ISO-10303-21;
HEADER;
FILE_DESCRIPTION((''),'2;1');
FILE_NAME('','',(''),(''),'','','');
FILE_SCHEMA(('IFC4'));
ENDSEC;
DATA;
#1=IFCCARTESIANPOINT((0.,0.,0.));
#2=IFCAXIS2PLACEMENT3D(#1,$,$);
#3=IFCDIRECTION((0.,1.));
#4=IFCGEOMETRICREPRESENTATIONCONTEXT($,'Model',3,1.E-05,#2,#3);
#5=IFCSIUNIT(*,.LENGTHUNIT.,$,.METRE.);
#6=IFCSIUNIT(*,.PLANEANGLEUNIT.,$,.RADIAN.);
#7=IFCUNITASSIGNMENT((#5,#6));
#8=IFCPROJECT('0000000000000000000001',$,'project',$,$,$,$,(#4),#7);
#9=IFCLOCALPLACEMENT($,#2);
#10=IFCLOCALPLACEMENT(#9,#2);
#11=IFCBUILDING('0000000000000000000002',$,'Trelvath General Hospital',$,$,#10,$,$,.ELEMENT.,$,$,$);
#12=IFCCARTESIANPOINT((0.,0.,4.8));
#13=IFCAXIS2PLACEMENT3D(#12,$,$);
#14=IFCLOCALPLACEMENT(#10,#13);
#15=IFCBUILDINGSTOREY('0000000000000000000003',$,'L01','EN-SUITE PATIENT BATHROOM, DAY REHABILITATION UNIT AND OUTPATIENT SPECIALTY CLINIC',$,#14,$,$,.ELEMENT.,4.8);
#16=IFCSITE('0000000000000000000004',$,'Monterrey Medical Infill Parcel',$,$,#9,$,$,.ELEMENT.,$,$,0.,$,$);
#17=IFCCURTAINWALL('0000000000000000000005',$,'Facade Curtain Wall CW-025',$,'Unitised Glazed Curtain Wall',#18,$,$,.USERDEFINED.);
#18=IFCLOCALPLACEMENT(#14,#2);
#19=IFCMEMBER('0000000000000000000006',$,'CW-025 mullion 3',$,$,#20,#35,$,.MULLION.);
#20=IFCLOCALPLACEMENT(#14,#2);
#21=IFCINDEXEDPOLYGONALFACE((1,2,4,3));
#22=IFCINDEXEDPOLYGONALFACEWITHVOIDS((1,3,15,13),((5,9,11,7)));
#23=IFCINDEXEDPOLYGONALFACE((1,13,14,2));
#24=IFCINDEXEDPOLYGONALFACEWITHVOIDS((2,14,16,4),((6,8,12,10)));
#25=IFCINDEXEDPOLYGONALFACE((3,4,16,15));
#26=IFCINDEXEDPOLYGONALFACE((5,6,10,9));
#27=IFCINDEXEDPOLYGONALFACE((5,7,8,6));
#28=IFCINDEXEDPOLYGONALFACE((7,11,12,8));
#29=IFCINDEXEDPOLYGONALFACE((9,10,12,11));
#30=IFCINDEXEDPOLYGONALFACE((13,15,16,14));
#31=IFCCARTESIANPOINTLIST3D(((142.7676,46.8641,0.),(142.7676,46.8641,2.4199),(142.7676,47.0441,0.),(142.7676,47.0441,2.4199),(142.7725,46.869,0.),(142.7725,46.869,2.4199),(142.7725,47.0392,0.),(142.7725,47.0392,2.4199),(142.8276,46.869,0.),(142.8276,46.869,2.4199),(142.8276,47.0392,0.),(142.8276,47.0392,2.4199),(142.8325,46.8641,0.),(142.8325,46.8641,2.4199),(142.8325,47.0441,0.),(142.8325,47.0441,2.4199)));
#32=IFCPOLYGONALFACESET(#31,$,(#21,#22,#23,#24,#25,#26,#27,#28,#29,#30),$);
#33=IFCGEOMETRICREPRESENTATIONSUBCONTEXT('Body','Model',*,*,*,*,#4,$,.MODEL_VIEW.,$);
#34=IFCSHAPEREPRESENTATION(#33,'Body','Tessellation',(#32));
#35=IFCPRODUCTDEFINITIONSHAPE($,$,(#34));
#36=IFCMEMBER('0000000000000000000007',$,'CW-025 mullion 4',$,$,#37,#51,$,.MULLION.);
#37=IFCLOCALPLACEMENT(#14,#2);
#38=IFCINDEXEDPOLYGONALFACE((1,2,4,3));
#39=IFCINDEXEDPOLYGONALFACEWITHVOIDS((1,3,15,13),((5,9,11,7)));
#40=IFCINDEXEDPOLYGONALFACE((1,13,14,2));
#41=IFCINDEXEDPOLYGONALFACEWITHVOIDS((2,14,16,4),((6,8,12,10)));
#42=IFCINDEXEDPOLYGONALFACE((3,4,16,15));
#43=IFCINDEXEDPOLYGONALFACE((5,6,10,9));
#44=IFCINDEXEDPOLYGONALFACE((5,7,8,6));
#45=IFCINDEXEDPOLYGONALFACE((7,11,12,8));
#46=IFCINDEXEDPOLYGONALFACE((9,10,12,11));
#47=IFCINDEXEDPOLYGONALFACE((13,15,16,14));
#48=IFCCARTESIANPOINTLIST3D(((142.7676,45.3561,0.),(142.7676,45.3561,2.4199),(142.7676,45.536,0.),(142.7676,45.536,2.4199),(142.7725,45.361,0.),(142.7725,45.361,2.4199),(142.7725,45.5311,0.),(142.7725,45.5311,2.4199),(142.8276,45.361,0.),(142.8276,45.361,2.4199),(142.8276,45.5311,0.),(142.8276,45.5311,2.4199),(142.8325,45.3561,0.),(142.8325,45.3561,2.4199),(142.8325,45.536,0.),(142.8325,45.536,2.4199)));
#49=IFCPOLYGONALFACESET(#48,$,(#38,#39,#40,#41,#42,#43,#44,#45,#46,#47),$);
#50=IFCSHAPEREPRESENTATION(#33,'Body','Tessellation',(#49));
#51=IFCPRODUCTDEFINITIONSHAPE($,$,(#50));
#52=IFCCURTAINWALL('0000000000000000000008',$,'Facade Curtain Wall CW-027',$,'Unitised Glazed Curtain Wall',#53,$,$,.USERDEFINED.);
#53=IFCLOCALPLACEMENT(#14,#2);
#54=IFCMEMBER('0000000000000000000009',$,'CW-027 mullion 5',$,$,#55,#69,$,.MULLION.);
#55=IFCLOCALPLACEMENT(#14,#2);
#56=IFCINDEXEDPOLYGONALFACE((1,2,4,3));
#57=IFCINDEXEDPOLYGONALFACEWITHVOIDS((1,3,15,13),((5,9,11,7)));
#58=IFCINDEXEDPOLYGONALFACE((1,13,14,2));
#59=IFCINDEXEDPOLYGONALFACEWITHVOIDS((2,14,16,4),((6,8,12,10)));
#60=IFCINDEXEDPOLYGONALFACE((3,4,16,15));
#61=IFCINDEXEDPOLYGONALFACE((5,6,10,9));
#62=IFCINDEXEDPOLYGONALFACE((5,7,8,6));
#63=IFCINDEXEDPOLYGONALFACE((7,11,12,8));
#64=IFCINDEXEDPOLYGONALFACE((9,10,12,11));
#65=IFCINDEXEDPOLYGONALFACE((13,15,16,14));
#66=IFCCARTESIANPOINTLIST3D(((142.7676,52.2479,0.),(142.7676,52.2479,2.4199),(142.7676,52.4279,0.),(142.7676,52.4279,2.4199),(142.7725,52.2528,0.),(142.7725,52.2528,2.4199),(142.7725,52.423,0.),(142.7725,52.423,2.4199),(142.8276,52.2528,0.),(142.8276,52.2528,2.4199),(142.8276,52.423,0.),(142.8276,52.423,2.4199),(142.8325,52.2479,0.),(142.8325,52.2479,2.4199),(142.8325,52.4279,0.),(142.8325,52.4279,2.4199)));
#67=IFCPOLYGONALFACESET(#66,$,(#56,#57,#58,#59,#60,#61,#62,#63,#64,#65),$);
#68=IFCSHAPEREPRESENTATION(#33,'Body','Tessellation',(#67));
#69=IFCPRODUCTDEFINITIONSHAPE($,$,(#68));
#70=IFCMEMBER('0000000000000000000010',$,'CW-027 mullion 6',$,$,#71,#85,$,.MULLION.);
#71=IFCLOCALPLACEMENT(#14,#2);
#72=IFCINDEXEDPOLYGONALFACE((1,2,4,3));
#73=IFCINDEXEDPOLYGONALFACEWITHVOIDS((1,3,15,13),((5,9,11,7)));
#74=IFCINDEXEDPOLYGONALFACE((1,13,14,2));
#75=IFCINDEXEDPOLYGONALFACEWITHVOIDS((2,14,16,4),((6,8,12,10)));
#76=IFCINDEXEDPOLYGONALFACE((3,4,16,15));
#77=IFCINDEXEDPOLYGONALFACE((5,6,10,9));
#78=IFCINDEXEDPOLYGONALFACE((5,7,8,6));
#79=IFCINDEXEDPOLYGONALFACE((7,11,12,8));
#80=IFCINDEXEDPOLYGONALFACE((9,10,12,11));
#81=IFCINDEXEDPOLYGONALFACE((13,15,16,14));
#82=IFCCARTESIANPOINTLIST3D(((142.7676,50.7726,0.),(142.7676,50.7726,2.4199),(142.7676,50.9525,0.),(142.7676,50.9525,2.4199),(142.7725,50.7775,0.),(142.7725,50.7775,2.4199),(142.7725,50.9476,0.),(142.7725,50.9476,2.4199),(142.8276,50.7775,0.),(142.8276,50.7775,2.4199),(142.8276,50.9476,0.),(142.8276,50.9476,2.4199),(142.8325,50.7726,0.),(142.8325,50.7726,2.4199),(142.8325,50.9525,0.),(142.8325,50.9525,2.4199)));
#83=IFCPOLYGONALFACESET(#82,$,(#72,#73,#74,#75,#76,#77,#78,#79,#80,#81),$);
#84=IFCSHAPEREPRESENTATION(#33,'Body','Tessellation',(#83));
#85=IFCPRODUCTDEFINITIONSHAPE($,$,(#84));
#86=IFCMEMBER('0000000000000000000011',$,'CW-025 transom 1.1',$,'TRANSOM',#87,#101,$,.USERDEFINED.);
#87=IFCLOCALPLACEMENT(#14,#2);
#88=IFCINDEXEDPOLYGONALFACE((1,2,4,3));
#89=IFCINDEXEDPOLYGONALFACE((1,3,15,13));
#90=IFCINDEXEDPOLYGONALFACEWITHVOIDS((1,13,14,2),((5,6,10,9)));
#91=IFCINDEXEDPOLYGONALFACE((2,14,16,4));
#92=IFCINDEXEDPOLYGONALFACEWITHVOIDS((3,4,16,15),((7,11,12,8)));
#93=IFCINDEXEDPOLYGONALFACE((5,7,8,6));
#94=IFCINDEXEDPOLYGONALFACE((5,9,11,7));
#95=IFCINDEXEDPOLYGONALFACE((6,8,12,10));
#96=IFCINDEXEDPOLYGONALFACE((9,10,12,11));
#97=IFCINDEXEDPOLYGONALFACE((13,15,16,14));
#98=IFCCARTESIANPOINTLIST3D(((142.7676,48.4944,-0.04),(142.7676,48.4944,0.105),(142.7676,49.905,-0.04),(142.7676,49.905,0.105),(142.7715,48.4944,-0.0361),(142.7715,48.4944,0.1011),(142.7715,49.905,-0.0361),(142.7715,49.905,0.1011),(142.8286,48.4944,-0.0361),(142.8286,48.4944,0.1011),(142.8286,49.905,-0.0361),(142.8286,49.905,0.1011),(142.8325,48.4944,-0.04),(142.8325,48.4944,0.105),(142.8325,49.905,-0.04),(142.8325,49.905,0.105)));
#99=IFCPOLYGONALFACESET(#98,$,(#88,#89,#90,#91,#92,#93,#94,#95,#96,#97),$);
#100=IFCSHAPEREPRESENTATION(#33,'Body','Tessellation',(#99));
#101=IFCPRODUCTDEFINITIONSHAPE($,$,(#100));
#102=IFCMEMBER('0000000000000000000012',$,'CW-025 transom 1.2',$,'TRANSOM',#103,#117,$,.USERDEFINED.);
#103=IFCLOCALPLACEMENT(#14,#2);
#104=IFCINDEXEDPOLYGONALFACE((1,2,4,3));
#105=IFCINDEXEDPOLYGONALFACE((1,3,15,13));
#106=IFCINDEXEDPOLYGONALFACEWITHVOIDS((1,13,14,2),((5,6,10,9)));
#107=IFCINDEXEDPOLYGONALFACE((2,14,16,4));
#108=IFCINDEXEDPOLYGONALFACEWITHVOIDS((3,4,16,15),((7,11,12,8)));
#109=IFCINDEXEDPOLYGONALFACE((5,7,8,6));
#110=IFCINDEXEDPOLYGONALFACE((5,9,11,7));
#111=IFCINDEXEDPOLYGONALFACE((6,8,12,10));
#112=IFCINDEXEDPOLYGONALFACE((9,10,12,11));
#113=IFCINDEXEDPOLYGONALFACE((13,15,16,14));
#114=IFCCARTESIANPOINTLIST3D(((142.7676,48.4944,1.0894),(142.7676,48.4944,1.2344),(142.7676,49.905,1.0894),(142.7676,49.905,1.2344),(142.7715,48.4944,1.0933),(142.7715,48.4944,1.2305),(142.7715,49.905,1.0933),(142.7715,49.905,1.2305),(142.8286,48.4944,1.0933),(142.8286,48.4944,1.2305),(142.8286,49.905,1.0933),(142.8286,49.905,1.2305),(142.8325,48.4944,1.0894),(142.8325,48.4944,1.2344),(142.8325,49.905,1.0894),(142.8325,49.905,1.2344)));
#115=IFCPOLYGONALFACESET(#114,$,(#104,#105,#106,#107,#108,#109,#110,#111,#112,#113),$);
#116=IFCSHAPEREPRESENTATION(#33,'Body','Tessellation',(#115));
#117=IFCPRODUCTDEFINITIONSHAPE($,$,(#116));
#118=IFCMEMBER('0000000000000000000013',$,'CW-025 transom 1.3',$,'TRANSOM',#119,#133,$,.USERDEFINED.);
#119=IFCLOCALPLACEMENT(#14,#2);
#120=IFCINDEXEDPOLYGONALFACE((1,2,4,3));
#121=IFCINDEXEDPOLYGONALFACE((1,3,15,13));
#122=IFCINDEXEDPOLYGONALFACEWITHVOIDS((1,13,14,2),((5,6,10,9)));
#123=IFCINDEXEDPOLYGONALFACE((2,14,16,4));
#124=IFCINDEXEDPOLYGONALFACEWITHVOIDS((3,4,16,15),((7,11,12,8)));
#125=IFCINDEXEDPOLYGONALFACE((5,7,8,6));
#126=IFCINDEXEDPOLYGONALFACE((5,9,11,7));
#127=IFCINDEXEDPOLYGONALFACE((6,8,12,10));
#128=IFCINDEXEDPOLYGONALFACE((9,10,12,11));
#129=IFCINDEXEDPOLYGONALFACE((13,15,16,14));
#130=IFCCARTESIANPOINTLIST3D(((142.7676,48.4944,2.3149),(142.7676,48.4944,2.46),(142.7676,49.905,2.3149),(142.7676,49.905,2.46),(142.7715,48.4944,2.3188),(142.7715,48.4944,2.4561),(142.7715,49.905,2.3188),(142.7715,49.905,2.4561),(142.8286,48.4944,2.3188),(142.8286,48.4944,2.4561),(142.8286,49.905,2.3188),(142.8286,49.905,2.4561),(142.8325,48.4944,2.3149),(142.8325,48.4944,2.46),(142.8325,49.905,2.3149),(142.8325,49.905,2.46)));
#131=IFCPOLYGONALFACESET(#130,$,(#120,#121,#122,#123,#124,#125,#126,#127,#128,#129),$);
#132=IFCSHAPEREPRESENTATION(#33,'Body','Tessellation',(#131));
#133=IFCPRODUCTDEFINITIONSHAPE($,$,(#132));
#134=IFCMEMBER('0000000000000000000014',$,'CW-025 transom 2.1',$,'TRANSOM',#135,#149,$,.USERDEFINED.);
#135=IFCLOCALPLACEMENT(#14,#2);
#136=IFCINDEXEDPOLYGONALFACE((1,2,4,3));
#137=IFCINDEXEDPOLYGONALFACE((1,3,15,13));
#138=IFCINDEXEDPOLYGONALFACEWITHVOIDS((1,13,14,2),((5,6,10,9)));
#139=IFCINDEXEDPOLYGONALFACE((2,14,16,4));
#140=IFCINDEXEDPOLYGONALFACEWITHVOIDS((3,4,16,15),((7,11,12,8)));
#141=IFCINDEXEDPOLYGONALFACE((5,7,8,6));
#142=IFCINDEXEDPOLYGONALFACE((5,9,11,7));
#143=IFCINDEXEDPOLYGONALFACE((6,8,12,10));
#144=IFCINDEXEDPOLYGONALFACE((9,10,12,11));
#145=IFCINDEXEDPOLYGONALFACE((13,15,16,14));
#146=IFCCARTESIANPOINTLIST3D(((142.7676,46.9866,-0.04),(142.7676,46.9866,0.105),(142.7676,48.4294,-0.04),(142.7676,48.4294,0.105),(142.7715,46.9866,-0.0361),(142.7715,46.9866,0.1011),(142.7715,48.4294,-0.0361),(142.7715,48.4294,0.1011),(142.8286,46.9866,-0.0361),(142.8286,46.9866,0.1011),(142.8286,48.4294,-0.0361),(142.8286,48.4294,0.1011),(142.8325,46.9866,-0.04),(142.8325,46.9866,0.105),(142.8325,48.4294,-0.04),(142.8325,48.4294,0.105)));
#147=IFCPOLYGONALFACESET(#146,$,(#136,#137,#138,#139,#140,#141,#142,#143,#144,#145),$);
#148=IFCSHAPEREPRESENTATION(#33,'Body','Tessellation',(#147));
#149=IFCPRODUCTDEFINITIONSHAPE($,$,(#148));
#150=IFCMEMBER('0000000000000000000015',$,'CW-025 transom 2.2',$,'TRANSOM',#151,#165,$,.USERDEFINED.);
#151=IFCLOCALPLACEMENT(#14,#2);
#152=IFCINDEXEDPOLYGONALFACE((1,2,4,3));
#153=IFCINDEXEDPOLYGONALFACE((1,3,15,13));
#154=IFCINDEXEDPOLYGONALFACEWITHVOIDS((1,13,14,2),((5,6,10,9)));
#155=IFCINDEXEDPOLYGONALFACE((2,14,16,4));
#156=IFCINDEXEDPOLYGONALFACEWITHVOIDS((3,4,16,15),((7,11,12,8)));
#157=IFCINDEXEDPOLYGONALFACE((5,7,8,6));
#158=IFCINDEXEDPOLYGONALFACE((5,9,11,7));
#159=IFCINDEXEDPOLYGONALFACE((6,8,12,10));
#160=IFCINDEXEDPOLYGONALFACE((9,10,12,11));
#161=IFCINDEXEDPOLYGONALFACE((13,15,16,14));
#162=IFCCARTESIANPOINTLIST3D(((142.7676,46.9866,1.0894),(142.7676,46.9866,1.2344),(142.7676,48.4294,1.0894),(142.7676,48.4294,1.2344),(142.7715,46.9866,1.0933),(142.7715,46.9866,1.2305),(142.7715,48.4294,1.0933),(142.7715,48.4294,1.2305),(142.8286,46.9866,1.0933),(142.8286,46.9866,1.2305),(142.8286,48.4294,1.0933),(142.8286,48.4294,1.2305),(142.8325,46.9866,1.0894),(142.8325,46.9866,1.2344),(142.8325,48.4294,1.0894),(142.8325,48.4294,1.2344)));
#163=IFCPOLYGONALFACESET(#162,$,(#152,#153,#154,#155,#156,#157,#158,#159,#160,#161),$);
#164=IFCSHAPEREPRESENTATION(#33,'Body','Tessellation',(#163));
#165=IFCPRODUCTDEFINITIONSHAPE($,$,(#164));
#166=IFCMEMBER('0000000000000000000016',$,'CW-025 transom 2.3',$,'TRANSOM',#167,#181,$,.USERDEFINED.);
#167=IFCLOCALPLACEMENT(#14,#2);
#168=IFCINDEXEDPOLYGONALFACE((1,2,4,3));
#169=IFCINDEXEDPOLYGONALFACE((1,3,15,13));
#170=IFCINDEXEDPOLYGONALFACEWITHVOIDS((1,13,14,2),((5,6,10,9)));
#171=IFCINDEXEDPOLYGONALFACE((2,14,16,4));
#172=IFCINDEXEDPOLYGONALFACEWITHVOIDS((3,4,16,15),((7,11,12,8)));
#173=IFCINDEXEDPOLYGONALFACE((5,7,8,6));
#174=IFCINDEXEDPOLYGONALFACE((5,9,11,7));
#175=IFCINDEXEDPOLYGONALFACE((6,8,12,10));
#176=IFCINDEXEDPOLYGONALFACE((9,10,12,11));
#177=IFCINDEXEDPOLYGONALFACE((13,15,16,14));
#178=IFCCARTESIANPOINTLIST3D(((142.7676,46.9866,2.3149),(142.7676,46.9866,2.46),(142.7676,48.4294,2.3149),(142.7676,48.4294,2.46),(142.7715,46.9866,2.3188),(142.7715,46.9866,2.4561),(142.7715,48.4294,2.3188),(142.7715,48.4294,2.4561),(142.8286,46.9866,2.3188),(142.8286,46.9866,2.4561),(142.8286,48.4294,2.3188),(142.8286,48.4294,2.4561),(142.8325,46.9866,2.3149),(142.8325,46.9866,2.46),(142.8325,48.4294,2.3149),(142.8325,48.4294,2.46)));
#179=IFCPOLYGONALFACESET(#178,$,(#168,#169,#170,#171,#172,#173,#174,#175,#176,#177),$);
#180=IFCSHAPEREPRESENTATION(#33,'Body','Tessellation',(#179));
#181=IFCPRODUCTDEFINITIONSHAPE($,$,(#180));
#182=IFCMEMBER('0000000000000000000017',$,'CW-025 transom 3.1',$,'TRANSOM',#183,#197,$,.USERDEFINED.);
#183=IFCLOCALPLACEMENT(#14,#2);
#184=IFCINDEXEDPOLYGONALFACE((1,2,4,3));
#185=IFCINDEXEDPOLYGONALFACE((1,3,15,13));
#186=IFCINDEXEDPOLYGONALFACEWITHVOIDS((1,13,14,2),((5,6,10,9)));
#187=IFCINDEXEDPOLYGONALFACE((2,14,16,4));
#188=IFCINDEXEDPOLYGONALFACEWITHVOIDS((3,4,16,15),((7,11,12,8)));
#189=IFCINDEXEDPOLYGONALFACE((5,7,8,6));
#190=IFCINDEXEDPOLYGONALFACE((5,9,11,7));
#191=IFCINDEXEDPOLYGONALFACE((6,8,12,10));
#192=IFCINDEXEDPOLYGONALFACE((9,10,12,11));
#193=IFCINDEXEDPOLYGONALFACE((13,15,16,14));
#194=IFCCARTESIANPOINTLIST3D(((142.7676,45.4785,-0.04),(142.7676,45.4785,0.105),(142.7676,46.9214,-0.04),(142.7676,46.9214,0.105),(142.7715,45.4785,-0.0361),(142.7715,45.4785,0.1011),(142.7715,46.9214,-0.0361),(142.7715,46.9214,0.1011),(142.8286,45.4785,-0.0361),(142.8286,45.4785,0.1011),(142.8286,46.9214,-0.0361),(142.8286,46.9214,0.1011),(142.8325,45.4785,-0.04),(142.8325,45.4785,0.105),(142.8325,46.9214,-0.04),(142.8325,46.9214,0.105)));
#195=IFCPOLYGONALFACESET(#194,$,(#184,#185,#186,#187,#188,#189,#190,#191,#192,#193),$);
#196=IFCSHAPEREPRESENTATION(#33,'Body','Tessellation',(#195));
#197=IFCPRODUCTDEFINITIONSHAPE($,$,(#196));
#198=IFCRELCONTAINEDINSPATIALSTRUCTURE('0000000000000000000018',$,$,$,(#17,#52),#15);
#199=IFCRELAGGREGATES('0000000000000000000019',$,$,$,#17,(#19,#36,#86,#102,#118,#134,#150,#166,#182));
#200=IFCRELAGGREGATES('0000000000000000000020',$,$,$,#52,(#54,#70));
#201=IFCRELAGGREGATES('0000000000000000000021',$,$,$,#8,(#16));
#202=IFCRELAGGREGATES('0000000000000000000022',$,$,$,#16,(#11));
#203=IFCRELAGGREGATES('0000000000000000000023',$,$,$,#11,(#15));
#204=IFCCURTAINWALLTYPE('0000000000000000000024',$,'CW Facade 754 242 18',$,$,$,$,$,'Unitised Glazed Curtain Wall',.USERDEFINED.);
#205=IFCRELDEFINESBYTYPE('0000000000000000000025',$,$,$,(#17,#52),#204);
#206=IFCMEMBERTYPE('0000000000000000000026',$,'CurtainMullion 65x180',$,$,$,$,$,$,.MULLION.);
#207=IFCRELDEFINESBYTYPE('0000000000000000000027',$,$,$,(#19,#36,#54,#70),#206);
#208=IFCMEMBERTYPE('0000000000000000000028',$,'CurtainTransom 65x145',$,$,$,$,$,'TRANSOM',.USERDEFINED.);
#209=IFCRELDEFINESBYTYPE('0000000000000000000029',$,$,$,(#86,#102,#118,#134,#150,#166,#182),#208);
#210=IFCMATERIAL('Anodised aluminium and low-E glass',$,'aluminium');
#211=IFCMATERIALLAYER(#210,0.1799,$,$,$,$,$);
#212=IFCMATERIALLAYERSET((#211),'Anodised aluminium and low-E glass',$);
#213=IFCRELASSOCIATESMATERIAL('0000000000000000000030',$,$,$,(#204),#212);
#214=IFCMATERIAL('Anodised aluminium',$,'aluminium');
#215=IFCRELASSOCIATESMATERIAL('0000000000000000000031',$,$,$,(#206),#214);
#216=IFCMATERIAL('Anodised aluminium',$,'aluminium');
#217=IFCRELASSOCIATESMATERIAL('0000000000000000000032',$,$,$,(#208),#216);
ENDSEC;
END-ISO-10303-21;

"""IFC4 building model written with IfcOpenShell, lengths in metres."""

from ifc_helpers import new_model, si_unit, direction, frame, origin, origin_2d, place, context, subcontext, project, spatial, hollow_rectangle, extrude, material, layer, layer_set, material_profile, profile_set, type_object, element, aggregate, save


model = new_model("IFC4")

# Units and contexts
model_context = context("Model", 3, precision=1e-05, world=origin(), true_north=direction((0.0, 1.0)))
body_context = subcontext(model_context, "Body", "Model", "MODEL_VIEW")
ifc_project = project(units=[si_unit("LENGTHUNIT", "METRE"), si_unit("PLANEANGLEUNIT", "RADIAN")], contexts=[model_context])

# Site, building, storey
site_placement = place(None, origin())
site = spatial("IfcSite", under=ifc_project, at=site_placement, Name="Monterrey Medical Infill Parcel", CompositionType="ELEMENT", RefElevation=0.0)
building_placement = place(site_placement, origin())
building = spatial("IfcBuilding", under=site, at=building_placement, Name="Trelvath General Hospital", CompositionType="ELEMENT")
storey_placement = place(building_placement, frame((0.0, 0.0, 4.8)))
storey = spatial("IfcBuildingStorey", under=building, at=storey_placement, Name="L01", Description="EN-SUITE PATIENT BATHROOM, DAY REHABILITATION UNIT AND OUTPATIENT SPECIALTY CLINIC", CompositionType="ELEMENT", Elevation=4.8)

# Curtain walls, members
ifc_material_1 = material(Name="Anodised aluminium and low-E glass", Category="aluminium")
ifc_layer_1 = layer(ifc_material_1, 0.1799)
ifc_layer_set_1 = layer_set([ifc_layer_1], Name="Anodised aluminium and low-E glass")
curtain_wall_type = type_object("IfcCurtainWallType", Name="CW Facade 754 242 18", ElementType="Unitised Glazed Curtain Wall", PredefinedType="USERDEFINED", material=ifc_layer_set_1)
curtain_wall_1_placement = place(storey_placement, origin())
curtain_wall_1 = element("IfcCurtainWall", 1, at=curtain_wall_1_placement, inside=storey, type_object=curtain_wall_type, Name="Facade Curtain Wall CW-025", ObjectType="Unitised Glazed Curtain Wall", PredefinedType="USERDEFINED")
ifc_material_2 = material(Name="Anodised aluminium", Category="aluminium")
ifc_material_profile_1 = material_profile(ifc_material_2, hollow_rectangle(XDim=0.0649, YDim=0.1799, WallThickness=0.0049, at=origin_2d()), Name="RHS65x180x5")
ifc_profile_set_1 = profile_set([ifc_material_profile_1], Name="Anodised aluminium")
member_type_1 = type_object("IfcMemberType", Name="CurtainMullion 65x180", PredefinedType="MULLION", material=ifc_profile_set_1)
member_1_placement = place(storey_placement, frame((142.8, 46.9541, 0.0), z_axis=(0.0, 0.0, 1.0), x_axis=(1.0, 0.0, 0.0)))
member_1 = element("IfcMember", 2, at=member_1_placement, type_object=member_type_1, Name="CW-025 mullion 3", PredefinedType="MULLION", context=body_context, shape_type="SweptSolid", body=[
    extrude(hollow_rectangle(XDim=0.0649, YDim=0.1799, WallThickness=0.0049, at=origin_2d()), origin(), (0.0, 0.0, 1.0), 2.4199),
])
member_2_placement = place(storey_placement, frame((142.8, 45.446, 0.0), z_axis=(0.0, 0.0, 1.0), x_axis=(1.0, 0.0, 0.0)))
member_2 = element("IfcMember", 3, at=member_2_placement, type_object=member_type_1, Name="CW-025 mullion 4", PredefinedType="MULLION", context=body_context, shape_type="SweptSolid", body=[
    extrude(hollow_rectangle(XDim=0.0649, YDim=0.1799, WallThickness=0.0049, at=origin_2d()), origin(), (0.0, 0.0, 1.0), 2.4199),
])
curtain_wall_2_placement = place(storey_placement, origin())
curtain_wall_2 = element("IfcCurtainWall", 4, at=curtain_wall_2_placement, inside=storey, type_object=curtain_wall_type, Name="Facade Curtain Wall CW-027", ObjectType="Unitised Glazed Curtain Wall", PredefinedType="USERDEFINED")
member_3_placement = place(storey_placement, frame((142.8, 52.3379, 0.0), z_axis=(0.0, 0.0, 1.0), x_axis=(1.0, 0.0, 0.0)))
member_3 = element("IfcMember", 5, at=member_3_placement, type_object=member_type_1, Name="CW-027 mullion 5", PredefinedType="MULLION", context=body_context, shape_type="SweptSolid", body=[
    extrude(hollow_rectangle(XDim=0.0649, YDim=0.1799, WallThickness=0.0049, at=origin_2d()), origin(), (0.0, 0.0, 1.0), 2.4199),
])
member_4_placement = place(storey_placement, frame((142.8, 50.8625, 0.0), z_axis=(0.0, 0.0, 1.0), x_axis=(1.0, 0.0, 0.0)))
member_4 = element("IfcMember", 6, at=member_4_placement, type_object=member_type_1, Name="CW-027 mullion 6", PredefinedType="MULLION", context=body_context, shape_type="SweptSolid", body=[
    extrude(hollow_rectangle(XDim=0.0649, YDim=0.1799, WallThickness=0.0049, at=origin_2d()), origin(), (0.0, 0.0, 1.0), 2.4199),
])

# Members
ifc_material_3 = material(Name="Anodised aluminium", Category="aluminium")
ifc_material_profile_2 = material_profile(ifc_material_3, hollow_rectangle(XDim=0.0649, YDim=0.145, WallThickness=0.0039, at=origin_2d()), Name="RHS65x145x4")
ifc_profile_set_2 = profile_set([ifc_material_profile_2], Name="Anodised aluminium")
member_type_2 = type_object("IfcMemberType", Name="CurtainTransom 65x145", ElementType="TRANSOM", PredefinedType="USERDEFINED", material=ifc_profile_set_2)
member_5_placement = place(storey_placement, frame((142.8, 49.905, 0.0325), z_axis=(0.0, -1.0, 0.0), x_axis=(1.0, 0.0, 0.0)))
member_5 = element("IfcMember", 7, at=member_5_placement, type_object=member_type_2, Name="CW-025 transom 1.1", ObjectType="TRANSOM", PredefinedType="USERDEFINED", context=body_context, shape_type="SweptSolid", body=[
    extrude(hollow_rectangle(XDim=0.0649, YDim=0.145, WallThickness=0.0039, at=origin_2d()), origin(), (0.0, 0.0, 1.0), 1.4106),
])
member_6_placement = place(storey_placement, frame((142.8, 49.905, 1.1619), z_axis=(0.0, -1.0, 0.0), x_axis=(1.0, 0.0, 0.0)))
member_6 = element("IfcMember", 8, at=member_6_placement, type_object=member_type_2, Name="CW-025 transom 1.2", ObjectType="TRANSOM", PredefinedType="USERDEFINED", context=body_context, shape_type="SweptSolid", body=[
    extrude(hollow_rectangle(XDim=0.0649, YDim=0.145, WallThickness=0.0039, at=origin_2d()), origin(), (0.0, 0.0, 1.0), 1.4106),
])
member_7_placement = place(storey_placement, frame((142.8, 49.905, 2.3875), z_axis=(0.0, -1.0, 0.0), x_axis=(1.0, 0.0, 0.0)))
member_7 = element("IfcMember", 9, at=member_7_placement, type_object=member_type_2, Name="CW-025 transom 1.3", ObjectType="TRANSOM", PredefinedType="USERDEFINED", context=body_context, shape_type="SweptSolid", body=[
    extrude(hollow_rectangle(XDim=0.0649, YDim=0.145, WallThickness=0.0039, at=origin_2d()), origin(), (0.0, 0.0, 1.0), 1.4106),
])
member_8_placement = place(storey_placement, frame((142.8, 48.4294, 0.0325), z_axis=(0.0, -1.0, 0.0), x_axis=(1.0, 0.0, 0.0)))
member_8 = element("IfcMember", 10, at=member_8_placement, type_object=member_type_2, Name="CW-025 transom 2.1", ObjectType="TRANSOM", PredefinedType="USERDEFINED", context=body_context, shape_type="SweptSolid", body=[
    extrude(hollow_rectangle(XDim=0.0649, YDim=0.145, WallThickness=0.0039, at=origin_2d()), origin(), (0.0, 0.0, 1.0), 1.4429),
])
member_9_placement = place(storey_placement, frame((142.8, 48.4294, 1.1619), z_axis=(0.0, -1.0, 0.0), x_axis=(1.0, 0.0, 0.0)))
member_9 = element("IfcMember", 11, at=member_9_placement, type_object=member_type_2, Name="CW-025 transom 2.2", ObjectType="TRANSOM", PredefinedType="USERDEFINED", context=body_context, shape_type="SweptSolid", body=[
    extrude(hollow_rectangle(XDim=0.0649, YDim=0.145, WallThickness=0.0039, at=origin_2d()), origin(), (0.0, 0.0, 1.0), 1.4429),
])
member_10_placement = place(storey_placement, frame((142.8, 48.4294, 2.3875), z_axis=(0.0, -1.0, 0.0), x_axis=(1.0, 0.0, 0.0)))
member_10 = element("IfcMember", 12, at=member_10_placement, type_object=member_type_2, Name="CW-025 transom 2.3", ObjectType="TRANSOM", PredefinedType="USERDEFINED", context=body_context, shape_type="SweptSolid", body=[
    extrude(hollow_rectangle(XDim=0.0649, YDim=0.145, WallThickness=0.0039, at=origin_2d()), origin(), (0.0, 0.0, 1.0), 1.4429),
])
member_11_placement = place(storey_placement, frame((142.8, 46.9214, 0.0325), z_axis=(0.0, -1.0, 0.0), x_axis=(1.0, 0.0, 0.0)))
member_11 = element("IfcMember", 13, at=member_11_placement, type_object=member_type_2, Name="CW-025 transom 3.1", ObjectType="TRANSOM", PredefinedType="USERDEFINED", context=body_context, shape_type="SweptSolid", body=[
    extrude(hollow_rectangle(XDim=0.0649, YDim=0.145, WallThickness=0.0039, at=origin_2d()), origin(), (0.0, 0.0, 1.0), 1.4429),
])

aggregate(curtain_wall_1, [member_1, member_2, member_5, member_6, member_7, member_8, member_9, member_10, member_11])
aggregate(curtain_wall_2, [member_3, member_4])

save(model, "model.ifc")
